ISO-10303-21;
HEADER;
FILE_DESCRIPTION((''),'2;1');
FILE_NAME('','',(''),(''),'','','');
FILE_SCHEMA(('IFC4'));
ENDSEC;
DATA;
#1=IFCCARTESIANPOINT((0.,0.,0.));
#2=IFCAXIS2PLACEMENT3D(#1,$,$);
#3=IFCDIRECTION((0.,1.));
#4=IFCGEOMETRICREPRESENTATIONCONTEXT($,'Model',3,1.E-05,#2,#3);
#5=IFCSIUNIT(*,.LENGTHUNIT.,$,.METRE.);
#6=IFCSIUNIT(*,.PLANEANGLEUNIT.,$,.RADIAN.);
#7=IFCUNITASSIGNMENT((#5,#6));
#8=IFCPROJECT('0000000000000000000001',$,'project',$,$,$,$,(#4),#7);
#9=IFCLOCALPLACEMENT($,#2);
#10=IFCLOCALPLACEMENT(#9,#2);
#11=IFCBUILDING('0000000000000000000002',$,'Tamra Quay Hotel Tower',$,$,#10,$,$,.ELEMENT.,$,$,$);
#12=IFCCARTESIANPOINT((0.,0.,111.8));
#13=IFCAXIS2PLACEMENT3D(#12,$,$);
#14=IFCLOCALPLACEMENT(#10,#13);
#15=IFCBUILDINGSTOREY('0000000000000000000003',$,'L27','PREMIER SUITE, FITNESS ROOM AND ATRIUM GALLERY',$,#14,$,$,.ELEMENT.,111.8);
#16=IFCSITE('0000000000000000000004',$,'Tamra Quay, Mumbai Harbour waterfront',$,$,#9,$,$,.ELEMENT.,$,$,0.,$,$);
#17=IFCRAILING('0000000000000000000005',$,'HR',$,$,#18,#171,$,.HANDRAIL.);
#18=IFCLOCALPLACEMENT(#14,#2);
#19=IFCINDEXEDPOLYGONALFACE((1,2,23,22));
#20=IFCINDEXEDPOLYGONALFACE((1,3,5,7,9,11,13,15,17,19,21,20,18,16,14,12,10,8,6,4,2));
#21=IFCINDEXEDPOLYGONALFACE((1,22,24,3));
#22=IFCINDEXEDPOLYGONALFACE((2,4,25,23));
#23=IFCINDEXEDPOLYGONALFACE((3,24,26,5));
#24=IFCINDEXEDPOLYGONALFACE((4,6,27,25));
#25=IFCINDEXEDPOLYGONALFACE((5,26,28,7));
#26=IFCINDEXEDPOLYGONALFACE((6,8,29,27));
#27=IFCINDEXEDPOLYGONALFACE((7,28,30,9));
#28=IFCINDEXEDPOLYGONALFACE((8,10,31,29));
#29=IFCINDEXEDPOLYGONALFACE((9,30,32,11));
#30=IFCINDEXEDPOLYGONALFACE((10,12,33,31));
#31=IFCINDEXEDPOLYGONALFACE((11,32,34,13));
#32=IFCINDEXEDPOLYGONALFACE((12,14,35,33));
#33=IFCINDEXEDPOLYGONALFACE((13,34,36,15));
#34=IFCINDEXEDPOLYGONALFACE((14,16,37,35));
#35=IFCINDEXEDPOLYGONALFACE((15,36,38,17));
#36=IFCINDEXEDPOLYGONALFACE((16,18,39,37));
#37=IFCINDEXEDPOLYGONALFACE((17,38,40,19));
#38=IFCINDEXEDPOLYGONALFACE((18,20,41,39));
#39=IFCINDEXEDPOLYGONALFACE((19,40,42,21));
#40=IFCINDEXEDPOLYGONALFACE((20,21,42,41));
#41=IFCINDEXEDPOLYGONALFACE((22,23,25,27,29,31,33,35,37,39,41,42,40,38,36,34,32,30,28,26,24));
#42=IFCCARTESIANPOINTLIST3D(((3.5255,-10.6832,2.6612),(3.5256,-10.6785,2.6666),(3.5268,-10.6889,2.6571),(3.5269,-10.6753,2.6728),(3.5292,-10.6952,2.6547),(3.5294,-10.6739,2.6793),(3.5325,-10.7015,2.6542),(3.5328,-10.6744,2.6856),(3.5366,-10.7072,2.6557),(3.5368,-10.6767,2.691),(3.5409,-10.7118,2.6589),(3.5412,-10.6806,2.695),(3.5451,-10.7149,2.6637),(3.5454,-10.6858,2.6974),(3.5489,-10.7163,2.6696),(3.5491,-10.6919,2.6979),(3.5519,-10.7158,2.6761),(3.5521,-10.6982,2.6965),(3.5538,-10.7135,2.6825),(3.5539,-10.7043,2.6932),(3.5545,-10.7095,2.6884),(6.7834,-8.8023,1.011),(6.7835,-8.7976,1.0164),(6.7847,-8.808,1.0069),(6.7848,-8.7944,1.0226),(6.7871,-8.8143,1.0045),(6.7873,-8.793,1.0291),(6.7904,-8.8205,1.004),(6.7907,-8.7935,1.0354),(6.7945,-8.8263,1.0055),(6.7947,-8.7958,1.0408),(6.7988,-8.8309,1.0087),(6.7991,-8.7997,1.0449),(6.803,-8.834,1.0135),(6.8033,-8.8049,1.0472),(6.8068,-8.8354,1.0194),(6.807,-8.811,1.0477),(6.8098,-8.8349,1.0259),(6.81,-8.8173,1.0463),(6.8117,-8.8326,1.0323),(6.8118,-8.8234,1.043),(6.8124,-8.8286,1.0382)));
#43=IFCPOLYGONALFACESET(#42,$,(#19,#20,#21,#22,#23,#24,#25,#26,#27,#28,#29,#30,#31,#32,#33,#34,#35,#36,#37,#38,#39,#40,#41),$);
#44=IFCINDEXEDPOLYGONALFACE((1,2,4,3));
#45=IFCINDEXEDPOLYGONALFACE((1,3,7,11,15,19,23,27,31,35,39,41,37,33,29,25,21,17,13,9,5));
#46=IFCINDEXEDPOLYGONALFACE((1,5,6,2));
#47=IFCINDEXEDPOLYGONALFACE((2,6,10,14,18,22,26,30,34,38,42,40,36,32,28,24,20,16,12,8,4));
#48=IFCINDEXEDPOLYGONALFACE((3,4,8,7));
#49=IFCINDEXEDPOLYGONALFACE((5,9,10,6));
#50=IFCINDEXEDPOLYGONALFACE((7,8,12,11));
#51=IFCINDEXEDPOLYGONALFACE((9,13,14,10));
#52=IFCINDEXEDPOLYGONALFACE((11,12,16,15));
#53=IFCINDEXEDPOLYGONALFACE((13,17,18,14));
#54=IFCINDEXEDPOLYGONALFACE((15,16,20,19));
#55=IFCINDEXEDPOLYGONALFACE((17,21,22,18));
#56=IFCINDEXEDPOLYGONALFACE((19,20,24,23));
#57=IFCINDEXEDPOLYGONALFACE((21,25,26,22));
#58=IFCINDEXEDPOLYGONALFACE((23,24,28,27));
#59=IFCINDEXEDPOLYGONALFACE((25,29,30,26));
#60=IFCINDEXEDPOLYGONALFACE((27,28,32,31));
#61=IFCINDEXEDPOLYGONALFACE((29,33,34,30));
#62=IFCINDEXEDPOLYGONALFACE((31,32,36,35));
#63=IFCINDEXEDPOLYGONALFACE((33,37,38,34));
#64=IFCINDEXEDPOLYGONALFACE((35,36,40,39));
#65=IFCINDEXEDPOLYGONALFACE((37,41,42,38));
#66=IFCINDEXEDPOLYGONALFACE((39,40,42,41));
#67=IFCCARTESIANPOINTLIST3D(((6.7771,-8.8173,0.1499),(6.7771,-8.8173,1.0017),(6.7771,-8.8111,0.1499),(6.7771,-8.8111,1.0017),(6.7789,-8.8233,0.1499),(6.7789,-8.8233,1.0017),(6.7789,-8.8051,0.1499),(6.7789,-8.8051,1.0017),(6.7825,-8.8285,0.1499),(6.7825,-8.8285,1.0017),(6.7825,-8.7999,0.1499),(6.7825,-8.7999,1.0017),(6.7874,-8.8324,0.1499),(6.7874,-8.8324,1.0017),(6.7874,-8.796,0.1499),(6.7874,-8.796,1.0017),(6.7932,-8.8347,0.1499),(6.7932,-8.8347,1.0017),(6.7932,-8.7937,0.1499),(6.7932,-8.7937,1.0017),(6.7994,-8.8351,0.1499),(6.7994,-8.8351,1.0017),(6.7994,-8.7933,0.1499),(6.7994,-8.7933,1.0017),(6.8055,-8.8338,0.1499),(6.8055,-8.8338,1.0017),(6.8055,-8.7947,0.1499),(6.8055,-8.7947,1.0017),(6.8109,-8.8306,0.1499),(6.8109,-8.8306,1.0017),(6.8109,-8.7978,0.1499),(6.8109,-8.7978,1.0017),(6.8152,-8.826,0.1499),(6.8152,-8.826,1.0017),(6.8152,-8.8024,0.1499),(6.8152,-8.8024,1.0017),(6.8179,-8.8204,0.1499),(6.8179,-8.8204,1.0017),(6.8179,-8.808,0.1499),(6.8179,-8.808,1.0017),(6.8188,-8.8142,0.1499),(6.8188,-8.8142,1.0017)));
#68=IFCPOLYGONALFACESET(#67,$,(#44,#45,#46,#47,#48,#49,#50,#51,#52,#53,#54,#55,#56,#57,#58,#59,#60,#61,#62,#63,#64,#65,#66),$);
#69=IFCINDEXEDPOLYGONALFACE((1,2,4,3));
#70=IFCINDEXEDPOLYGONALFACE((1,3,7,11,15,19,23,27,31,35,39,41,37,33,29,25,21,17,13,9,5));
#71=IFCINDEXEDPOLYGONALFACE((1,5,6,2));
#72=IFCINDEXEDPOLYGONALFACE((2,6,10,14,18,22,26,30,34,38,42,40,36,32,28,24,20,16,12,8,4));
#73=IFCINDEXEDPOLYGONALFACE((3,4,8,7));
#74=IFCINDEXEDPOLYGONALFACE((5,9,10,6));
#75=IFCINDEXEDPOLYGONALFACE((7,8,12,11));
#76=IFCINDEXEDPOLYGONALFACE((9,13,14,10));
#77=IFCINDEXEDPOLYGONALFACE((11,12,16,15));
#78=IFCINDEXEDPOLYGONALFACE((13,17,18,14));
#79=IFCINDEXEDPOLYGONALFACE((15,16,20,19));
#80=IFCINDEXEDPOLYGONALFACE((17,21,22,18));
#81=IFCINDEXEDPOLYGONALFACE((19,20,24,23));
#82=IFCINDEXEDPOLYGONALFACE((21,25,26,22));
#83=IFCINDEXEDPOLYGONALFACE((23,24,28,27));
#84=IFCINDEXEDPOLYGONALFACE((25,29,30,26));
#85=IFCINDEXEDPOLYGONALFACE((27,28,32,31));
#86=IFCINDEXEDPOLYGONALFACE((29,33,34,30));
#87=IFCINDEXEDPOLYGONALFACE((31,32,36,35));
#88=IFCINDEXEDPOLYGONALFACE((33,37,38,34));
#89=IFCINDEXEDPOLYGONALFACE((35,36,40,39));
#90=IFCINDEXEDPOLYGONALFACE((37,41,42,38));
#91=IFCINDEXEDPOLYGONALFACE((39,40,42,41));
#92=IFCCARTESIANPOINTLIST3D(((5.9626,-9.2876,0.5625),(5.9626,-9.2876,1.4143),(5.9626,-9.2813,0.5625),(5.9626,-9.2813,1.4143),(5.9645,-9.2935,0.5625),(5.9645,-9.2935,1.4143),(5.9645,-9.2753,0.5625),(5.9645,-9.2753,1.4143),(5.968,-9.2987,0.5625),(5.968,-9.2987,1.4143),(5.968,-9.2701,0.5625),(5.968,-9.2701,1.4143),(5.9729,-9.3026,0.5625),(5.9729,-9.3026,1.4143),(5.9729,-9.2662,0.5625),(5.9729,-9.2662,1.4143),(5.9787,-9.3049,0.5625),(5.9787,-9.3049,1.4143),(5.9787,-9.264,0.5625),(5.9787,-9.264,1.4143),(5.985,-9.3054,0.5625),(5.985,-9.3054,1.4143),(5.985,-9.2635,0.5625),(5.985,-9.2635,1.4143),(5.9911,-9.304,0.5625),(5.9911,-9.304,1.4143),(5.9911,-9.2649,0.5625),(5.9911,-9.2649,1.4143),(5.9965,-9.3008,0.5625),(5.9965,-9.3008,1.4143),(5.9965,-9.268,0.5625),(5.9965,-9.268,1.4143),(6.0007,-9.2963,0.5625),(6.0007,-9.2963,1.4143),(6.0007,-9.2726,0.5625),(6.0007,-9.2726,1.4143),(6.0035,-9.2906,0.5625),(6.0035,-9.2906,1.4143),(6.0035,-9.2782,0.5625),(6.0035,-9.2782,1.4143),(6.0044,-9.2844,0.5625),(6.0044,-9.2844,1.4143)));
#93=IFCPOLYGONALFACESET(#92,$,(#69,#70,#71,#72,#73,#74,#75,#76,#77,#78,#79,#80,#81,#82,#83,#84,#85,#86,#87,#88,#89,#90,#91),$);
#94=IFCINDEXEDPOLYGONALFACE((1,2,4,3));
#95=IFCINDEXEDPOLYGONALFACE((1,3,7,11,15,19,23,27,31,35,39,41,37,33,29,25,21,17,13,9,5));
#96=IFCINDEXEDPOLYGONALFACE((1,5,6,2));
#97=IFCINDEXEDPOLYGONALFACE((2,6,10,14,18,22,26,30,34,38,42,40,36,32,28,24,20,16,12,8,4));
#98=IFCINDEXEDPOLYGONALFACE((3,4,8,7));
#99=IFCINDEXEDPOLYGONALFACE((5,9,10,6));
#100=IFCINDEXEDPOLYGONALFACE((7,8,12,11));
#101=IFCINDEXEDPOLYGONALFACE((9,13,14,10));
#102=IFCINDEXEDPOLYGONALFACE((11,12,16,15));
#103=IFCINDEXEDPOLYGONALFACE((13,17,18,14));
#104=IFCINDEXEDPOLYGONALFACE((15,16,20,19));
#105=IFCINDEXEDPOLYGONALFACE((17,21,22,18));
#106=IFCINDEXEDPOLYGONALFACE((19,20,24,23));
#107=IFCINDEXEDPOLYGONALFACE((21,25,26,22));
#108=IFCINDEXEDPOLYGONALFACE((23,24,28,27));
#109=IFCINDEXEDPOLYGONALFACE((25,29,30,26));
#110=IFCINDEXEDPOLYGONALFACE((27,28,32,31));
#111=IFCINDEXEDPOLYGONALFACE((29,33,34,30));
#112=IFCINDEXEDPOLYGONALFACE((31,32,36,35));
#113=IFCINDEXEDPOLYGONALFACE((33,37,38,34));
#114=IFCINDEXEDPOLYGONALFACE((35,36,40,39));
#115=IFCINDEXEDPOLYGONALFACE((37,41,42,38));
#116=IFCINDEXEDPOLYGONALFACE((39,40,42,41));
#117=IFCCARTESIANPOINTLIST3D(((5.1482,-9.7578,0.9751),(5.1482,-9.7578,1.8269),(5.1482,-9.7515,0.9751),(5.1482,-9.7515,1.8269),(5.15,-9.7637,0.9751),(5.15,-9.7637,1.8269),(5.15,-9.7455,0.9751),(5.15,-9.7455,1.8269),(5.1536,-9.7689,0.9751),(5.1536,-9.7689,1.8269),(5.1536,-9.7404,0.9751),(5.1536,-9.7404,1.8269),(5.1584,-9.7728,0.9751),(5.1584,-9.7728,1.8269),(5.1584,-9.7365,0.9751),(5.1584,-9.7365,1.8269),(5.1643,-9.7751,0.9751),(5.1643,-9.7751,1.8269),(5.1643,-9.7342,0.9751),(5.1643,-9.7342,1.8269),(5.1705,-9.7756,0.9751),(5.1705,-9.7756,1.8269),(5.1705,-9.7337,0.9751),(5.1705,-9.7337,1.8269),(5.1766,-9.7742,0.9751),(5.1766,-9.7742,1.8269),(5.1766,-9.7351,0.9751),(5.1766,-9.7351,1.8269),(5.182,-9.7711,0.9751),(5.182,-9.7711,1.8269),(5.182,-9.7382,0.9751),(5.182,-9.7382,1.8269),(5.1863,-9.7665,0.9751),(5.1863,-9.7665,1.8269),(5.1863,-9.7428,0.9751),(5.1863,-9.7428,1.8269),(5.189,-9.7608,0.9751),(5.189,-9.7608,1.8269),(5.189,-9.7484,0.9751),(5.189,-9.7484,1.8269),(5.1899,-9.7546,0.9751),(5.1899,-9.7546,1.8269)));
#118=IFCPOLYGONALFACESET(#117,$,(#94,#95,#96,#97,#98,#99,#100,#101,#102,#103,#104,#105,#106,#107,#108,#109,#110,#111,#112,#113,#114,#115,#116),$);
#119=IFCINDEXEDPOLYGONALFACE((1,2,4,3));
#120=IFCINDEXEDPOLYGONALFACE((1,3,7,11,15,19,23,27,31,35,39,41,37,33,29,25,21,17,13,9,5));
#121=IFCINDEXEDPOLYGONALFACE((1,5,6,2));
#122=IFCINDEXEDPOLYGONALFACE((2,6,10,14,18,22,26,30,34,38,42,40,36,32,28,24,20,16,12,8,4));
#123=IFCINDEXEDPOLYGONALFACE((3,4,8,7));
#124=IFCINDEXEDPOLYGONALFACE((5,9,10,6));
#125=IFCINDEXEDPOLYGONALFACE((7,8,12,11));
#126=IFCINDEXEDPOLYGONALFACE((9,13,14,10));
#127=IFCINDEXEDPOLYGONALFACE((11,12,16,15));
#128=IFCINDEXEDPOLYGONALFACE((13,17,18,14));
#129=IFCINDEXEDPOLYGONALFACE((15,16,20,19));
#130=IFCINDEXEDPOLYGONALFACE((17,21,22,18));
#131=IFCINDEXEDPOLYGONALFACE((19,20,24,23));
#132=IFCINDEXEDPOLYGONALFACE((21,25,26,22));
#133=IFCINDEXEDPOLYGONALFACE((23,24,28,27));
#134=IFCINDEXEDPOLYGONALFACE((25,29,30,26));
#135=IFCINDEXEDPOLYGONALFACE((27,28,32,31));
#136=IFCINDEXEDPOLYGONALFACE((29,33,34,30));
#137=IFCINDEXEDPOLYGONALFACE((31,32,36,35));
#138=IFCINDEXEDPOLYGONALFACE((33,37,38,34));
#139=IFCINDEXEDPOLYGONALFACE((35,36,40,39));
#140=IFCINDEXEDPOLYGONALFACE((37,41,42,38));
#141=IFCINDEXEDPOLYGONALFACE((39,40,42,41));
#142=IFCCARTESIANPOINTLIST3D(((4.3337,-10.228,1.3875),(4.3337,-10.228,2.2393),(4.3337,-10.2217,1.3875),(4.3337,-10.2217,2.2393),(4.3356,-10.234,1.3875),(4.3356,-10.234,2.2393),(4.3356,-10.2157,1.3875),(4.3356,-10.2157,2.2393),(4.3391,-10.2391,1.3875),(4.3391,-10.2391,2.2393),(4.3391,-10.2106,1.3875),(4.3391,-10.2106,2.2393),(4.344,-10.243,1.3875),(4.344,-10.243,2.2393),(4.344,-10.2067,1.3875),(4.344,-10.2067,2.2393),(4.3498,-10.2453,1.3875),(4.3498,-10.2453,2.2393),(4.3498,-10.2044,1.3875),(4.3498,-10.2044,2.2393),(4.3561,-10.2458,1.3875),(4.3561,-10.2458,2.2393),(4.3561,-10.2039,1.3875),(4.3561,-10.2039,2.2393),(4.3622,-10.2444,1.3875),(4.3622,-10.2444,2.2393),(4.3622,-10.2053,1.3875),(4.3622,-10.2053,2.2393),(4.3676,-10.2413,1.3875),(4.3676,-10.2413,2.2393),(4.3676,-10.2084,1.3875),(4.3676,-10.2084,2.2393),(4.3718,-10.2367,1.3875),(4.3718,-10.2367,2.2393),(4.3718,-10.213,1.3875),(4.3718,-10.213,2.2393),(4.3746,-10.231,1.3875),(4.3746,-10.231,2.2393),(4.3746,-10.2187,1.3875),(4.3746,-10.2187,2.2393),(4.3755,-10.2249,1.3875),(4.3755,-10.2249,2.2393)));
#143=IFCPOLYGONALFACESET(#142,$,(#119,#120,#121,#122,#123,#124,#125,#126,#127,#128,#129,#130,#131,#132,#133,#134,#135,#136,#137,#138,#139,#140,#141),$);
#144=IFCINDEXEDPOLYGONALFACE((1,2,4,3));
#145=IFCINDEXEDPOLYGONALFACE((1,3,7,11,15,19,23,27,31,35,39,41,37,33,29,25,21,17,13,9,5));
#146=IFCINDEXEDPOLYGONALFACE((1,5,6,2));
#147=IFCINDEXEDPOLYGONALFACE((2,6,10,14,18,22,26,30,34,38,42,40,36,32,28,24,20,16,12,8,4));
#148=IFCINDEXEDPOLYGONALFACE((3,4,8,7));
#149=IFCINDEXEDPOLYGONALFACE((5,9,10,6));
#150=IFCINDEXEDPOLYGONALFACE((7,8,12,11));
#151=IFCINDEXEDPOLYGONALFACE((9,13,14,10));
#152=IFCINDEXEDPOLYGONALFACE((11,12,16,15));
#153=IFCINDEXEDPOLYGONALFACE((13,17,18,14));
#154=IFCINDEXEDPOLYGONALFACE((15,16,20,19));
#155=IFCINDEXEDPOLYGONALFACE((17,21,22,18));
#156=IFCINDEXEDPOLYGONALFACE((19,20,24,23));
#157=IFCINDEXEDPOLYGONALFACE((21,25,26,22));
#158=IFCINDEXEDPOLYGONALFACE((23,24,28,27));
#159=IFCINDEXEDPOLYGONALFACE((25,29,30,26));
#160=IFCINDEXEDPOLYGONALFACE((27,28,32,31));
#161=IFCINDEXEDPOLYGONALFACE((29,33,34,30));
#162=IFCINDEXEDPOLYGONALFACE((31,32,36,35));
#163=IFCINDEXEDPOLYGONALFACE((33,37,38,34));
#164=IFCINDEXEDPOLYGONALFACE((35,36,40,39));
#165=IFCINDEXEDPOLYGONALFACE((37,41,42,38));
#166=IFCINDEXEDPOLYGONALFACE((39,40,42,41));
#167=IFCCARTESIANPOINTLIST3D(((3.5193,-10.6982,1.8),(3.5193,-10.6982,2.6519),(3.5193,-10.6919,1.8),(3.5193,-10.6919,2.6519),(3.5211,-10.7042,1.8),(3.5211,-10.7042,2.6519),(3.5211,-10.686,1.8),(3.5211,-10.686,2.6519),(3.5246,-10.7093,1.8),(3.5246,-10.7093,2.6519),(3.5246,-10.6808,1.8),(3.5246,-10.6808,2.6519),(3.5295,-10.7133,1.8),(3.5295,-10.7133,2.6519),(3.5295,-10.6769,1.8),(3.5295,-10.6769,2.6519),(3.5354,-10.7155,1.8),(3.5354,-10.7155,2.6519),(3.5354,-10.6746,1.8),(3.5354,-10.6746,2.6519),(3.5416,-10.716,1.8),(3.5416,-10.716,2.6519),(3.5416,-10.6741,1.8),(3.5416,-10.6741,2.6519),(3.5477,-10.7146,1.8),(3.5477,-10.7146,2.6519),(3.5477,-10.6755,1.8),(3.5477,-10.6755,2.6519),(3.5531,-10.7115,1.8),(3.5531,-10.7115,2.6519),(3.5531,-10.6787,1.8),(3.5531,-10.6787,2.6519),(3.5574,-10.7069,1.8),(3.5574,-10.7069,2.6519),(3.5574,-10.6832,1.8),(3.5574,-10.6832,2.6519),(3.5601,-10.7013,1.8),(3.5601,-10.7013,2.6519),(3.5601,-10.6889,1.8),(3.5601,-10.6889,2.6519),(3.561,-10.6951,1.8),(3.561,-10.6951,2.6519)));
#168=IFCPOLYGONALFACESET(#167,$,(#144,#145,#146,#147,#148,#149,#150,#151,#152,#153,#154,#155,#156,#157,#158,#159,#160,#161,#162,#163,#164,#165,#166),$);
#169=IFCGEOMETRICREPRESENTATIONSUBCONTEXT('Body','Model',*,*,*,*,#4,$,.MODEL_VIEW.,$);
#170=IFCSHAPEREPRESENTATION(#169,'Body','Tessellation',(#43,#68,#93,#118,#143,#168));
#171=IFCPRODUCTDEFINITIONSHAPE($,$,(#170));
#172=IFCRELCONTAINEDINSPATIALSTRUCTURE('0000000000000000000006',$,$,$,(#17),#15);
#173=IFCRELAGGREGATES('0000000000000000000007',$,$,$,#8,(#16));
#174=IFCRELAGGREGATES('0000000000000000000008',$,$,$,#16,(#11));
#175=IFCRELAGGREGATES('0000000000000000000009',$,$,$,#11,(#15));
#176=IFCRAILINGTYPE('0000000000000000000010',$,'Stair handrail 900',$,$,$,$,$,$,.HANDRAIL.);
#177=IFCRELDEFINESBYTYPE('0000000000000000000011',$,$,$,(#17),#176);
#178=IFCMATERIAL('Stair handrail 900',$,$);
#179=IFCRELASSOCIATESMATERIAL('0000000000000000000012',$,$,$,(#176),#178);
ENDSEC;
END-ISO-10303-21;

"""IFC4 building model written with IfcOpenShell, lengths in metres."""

from ifc_helpers import new_model, si_unit, direction, frame, origin, origin_2d, place, context, subcontext, project, spatial, circle, extrude, material, type_object, element, save


model = new_model("IFC4")

# Units and contexts
model_context = context("Model", 3, precision=1e-05, world=origin(), true_north=direction((0.0, 1.0)))
body_context = subcontext(model_context, "Body", "Model", "MODEL_VIEW")
ifc_project = project(units=[si_unit("LENGTHUNIT", "METRE"), si_unit("PLANEANGLEUNIT", "RADIAN")], contexts=[model_context])

# Site, building, storey
site_placement = place(None, origin())
site = spatial("IfcSite", under=ifc_project, at=site_placement, Name="Tamra Quay, Mumbai Harbour waterfront", CompositionType="ELEMENT", RefElevation=0.0)
building_placement = place(site_placement, origin())
building = spatial("IfcBuilding", under=site, at=building_placement, Name="Tamra Quay Hotel Tower", CompositionType="ELEMENT")
storey_placement = place(building_placement, frame((0.0, 0.0, 111.8)))
storey = spatial("IfcBuildingStorey", under=building, at=storey_placement, Name="L27", Description="PREMIER SUITE, FITNESS ROOM AND ATRIUM GALLERY", CompositionType="ELEMENT", Elevation=111.8)

# Railing
ifc_material_1 = material(Name="Stair handrail 900")
railing_type_1 = type_object("IfcRailingType", Name="Stair handrail 900", PredefinedType="HANDRAIL", material=ifc_material_1)
railing_1_placement = place(storey_placement, frame((6.7979, -8.8142, 0.1499)))
element("IfcRailing", 1, at=railing_1_placement, inside=storey, type_object=railing_type_1, Name="HR", PredefinedType="HANDRAIL", context=body_context, shape_type="SweptSolid", body=[
    extrude(circle(Radius=0.0239, at=origin_2d()), frame((0.0, 0.0, 0.876), z_axis=(-0.793081, -0.457876, 0.401711), x_axis=(0.499992, -0.86603, 0.0)), (0.0, 0.0, 1.0), 4.1079),
    extrude(circle(Radius=0.021, at=origin_2d()), origin(), (0.0, 0.0, 1.0), 0.8518),
    extrude(circle(Radius=0.021, at=origin_2d()), frame((-0.8145, -0.4702, 0.4126)), (0.0, 0.0, 1.0), 0.8518),
    extrude(circle(Radius=0.021, at=origin_2d()), frame((-1.6289, -0.9404, 0.8252)), (0.0, 0.0, 1.0), 0.8518),
    extrude(circle(Radius=0.021, at=origin_2d()), frame((-2.4434, -1.4106, 1.2375)), (0.0, 0.0, 1.0), 0.8518),
    extrude(circle(Radius=0.021, at=origin_2d()), frame((-3.2578, -1.8809, 1.6501)), (0.0, 0.0, 1.0), 0.8518),
])

save(model, "model.ifc")
